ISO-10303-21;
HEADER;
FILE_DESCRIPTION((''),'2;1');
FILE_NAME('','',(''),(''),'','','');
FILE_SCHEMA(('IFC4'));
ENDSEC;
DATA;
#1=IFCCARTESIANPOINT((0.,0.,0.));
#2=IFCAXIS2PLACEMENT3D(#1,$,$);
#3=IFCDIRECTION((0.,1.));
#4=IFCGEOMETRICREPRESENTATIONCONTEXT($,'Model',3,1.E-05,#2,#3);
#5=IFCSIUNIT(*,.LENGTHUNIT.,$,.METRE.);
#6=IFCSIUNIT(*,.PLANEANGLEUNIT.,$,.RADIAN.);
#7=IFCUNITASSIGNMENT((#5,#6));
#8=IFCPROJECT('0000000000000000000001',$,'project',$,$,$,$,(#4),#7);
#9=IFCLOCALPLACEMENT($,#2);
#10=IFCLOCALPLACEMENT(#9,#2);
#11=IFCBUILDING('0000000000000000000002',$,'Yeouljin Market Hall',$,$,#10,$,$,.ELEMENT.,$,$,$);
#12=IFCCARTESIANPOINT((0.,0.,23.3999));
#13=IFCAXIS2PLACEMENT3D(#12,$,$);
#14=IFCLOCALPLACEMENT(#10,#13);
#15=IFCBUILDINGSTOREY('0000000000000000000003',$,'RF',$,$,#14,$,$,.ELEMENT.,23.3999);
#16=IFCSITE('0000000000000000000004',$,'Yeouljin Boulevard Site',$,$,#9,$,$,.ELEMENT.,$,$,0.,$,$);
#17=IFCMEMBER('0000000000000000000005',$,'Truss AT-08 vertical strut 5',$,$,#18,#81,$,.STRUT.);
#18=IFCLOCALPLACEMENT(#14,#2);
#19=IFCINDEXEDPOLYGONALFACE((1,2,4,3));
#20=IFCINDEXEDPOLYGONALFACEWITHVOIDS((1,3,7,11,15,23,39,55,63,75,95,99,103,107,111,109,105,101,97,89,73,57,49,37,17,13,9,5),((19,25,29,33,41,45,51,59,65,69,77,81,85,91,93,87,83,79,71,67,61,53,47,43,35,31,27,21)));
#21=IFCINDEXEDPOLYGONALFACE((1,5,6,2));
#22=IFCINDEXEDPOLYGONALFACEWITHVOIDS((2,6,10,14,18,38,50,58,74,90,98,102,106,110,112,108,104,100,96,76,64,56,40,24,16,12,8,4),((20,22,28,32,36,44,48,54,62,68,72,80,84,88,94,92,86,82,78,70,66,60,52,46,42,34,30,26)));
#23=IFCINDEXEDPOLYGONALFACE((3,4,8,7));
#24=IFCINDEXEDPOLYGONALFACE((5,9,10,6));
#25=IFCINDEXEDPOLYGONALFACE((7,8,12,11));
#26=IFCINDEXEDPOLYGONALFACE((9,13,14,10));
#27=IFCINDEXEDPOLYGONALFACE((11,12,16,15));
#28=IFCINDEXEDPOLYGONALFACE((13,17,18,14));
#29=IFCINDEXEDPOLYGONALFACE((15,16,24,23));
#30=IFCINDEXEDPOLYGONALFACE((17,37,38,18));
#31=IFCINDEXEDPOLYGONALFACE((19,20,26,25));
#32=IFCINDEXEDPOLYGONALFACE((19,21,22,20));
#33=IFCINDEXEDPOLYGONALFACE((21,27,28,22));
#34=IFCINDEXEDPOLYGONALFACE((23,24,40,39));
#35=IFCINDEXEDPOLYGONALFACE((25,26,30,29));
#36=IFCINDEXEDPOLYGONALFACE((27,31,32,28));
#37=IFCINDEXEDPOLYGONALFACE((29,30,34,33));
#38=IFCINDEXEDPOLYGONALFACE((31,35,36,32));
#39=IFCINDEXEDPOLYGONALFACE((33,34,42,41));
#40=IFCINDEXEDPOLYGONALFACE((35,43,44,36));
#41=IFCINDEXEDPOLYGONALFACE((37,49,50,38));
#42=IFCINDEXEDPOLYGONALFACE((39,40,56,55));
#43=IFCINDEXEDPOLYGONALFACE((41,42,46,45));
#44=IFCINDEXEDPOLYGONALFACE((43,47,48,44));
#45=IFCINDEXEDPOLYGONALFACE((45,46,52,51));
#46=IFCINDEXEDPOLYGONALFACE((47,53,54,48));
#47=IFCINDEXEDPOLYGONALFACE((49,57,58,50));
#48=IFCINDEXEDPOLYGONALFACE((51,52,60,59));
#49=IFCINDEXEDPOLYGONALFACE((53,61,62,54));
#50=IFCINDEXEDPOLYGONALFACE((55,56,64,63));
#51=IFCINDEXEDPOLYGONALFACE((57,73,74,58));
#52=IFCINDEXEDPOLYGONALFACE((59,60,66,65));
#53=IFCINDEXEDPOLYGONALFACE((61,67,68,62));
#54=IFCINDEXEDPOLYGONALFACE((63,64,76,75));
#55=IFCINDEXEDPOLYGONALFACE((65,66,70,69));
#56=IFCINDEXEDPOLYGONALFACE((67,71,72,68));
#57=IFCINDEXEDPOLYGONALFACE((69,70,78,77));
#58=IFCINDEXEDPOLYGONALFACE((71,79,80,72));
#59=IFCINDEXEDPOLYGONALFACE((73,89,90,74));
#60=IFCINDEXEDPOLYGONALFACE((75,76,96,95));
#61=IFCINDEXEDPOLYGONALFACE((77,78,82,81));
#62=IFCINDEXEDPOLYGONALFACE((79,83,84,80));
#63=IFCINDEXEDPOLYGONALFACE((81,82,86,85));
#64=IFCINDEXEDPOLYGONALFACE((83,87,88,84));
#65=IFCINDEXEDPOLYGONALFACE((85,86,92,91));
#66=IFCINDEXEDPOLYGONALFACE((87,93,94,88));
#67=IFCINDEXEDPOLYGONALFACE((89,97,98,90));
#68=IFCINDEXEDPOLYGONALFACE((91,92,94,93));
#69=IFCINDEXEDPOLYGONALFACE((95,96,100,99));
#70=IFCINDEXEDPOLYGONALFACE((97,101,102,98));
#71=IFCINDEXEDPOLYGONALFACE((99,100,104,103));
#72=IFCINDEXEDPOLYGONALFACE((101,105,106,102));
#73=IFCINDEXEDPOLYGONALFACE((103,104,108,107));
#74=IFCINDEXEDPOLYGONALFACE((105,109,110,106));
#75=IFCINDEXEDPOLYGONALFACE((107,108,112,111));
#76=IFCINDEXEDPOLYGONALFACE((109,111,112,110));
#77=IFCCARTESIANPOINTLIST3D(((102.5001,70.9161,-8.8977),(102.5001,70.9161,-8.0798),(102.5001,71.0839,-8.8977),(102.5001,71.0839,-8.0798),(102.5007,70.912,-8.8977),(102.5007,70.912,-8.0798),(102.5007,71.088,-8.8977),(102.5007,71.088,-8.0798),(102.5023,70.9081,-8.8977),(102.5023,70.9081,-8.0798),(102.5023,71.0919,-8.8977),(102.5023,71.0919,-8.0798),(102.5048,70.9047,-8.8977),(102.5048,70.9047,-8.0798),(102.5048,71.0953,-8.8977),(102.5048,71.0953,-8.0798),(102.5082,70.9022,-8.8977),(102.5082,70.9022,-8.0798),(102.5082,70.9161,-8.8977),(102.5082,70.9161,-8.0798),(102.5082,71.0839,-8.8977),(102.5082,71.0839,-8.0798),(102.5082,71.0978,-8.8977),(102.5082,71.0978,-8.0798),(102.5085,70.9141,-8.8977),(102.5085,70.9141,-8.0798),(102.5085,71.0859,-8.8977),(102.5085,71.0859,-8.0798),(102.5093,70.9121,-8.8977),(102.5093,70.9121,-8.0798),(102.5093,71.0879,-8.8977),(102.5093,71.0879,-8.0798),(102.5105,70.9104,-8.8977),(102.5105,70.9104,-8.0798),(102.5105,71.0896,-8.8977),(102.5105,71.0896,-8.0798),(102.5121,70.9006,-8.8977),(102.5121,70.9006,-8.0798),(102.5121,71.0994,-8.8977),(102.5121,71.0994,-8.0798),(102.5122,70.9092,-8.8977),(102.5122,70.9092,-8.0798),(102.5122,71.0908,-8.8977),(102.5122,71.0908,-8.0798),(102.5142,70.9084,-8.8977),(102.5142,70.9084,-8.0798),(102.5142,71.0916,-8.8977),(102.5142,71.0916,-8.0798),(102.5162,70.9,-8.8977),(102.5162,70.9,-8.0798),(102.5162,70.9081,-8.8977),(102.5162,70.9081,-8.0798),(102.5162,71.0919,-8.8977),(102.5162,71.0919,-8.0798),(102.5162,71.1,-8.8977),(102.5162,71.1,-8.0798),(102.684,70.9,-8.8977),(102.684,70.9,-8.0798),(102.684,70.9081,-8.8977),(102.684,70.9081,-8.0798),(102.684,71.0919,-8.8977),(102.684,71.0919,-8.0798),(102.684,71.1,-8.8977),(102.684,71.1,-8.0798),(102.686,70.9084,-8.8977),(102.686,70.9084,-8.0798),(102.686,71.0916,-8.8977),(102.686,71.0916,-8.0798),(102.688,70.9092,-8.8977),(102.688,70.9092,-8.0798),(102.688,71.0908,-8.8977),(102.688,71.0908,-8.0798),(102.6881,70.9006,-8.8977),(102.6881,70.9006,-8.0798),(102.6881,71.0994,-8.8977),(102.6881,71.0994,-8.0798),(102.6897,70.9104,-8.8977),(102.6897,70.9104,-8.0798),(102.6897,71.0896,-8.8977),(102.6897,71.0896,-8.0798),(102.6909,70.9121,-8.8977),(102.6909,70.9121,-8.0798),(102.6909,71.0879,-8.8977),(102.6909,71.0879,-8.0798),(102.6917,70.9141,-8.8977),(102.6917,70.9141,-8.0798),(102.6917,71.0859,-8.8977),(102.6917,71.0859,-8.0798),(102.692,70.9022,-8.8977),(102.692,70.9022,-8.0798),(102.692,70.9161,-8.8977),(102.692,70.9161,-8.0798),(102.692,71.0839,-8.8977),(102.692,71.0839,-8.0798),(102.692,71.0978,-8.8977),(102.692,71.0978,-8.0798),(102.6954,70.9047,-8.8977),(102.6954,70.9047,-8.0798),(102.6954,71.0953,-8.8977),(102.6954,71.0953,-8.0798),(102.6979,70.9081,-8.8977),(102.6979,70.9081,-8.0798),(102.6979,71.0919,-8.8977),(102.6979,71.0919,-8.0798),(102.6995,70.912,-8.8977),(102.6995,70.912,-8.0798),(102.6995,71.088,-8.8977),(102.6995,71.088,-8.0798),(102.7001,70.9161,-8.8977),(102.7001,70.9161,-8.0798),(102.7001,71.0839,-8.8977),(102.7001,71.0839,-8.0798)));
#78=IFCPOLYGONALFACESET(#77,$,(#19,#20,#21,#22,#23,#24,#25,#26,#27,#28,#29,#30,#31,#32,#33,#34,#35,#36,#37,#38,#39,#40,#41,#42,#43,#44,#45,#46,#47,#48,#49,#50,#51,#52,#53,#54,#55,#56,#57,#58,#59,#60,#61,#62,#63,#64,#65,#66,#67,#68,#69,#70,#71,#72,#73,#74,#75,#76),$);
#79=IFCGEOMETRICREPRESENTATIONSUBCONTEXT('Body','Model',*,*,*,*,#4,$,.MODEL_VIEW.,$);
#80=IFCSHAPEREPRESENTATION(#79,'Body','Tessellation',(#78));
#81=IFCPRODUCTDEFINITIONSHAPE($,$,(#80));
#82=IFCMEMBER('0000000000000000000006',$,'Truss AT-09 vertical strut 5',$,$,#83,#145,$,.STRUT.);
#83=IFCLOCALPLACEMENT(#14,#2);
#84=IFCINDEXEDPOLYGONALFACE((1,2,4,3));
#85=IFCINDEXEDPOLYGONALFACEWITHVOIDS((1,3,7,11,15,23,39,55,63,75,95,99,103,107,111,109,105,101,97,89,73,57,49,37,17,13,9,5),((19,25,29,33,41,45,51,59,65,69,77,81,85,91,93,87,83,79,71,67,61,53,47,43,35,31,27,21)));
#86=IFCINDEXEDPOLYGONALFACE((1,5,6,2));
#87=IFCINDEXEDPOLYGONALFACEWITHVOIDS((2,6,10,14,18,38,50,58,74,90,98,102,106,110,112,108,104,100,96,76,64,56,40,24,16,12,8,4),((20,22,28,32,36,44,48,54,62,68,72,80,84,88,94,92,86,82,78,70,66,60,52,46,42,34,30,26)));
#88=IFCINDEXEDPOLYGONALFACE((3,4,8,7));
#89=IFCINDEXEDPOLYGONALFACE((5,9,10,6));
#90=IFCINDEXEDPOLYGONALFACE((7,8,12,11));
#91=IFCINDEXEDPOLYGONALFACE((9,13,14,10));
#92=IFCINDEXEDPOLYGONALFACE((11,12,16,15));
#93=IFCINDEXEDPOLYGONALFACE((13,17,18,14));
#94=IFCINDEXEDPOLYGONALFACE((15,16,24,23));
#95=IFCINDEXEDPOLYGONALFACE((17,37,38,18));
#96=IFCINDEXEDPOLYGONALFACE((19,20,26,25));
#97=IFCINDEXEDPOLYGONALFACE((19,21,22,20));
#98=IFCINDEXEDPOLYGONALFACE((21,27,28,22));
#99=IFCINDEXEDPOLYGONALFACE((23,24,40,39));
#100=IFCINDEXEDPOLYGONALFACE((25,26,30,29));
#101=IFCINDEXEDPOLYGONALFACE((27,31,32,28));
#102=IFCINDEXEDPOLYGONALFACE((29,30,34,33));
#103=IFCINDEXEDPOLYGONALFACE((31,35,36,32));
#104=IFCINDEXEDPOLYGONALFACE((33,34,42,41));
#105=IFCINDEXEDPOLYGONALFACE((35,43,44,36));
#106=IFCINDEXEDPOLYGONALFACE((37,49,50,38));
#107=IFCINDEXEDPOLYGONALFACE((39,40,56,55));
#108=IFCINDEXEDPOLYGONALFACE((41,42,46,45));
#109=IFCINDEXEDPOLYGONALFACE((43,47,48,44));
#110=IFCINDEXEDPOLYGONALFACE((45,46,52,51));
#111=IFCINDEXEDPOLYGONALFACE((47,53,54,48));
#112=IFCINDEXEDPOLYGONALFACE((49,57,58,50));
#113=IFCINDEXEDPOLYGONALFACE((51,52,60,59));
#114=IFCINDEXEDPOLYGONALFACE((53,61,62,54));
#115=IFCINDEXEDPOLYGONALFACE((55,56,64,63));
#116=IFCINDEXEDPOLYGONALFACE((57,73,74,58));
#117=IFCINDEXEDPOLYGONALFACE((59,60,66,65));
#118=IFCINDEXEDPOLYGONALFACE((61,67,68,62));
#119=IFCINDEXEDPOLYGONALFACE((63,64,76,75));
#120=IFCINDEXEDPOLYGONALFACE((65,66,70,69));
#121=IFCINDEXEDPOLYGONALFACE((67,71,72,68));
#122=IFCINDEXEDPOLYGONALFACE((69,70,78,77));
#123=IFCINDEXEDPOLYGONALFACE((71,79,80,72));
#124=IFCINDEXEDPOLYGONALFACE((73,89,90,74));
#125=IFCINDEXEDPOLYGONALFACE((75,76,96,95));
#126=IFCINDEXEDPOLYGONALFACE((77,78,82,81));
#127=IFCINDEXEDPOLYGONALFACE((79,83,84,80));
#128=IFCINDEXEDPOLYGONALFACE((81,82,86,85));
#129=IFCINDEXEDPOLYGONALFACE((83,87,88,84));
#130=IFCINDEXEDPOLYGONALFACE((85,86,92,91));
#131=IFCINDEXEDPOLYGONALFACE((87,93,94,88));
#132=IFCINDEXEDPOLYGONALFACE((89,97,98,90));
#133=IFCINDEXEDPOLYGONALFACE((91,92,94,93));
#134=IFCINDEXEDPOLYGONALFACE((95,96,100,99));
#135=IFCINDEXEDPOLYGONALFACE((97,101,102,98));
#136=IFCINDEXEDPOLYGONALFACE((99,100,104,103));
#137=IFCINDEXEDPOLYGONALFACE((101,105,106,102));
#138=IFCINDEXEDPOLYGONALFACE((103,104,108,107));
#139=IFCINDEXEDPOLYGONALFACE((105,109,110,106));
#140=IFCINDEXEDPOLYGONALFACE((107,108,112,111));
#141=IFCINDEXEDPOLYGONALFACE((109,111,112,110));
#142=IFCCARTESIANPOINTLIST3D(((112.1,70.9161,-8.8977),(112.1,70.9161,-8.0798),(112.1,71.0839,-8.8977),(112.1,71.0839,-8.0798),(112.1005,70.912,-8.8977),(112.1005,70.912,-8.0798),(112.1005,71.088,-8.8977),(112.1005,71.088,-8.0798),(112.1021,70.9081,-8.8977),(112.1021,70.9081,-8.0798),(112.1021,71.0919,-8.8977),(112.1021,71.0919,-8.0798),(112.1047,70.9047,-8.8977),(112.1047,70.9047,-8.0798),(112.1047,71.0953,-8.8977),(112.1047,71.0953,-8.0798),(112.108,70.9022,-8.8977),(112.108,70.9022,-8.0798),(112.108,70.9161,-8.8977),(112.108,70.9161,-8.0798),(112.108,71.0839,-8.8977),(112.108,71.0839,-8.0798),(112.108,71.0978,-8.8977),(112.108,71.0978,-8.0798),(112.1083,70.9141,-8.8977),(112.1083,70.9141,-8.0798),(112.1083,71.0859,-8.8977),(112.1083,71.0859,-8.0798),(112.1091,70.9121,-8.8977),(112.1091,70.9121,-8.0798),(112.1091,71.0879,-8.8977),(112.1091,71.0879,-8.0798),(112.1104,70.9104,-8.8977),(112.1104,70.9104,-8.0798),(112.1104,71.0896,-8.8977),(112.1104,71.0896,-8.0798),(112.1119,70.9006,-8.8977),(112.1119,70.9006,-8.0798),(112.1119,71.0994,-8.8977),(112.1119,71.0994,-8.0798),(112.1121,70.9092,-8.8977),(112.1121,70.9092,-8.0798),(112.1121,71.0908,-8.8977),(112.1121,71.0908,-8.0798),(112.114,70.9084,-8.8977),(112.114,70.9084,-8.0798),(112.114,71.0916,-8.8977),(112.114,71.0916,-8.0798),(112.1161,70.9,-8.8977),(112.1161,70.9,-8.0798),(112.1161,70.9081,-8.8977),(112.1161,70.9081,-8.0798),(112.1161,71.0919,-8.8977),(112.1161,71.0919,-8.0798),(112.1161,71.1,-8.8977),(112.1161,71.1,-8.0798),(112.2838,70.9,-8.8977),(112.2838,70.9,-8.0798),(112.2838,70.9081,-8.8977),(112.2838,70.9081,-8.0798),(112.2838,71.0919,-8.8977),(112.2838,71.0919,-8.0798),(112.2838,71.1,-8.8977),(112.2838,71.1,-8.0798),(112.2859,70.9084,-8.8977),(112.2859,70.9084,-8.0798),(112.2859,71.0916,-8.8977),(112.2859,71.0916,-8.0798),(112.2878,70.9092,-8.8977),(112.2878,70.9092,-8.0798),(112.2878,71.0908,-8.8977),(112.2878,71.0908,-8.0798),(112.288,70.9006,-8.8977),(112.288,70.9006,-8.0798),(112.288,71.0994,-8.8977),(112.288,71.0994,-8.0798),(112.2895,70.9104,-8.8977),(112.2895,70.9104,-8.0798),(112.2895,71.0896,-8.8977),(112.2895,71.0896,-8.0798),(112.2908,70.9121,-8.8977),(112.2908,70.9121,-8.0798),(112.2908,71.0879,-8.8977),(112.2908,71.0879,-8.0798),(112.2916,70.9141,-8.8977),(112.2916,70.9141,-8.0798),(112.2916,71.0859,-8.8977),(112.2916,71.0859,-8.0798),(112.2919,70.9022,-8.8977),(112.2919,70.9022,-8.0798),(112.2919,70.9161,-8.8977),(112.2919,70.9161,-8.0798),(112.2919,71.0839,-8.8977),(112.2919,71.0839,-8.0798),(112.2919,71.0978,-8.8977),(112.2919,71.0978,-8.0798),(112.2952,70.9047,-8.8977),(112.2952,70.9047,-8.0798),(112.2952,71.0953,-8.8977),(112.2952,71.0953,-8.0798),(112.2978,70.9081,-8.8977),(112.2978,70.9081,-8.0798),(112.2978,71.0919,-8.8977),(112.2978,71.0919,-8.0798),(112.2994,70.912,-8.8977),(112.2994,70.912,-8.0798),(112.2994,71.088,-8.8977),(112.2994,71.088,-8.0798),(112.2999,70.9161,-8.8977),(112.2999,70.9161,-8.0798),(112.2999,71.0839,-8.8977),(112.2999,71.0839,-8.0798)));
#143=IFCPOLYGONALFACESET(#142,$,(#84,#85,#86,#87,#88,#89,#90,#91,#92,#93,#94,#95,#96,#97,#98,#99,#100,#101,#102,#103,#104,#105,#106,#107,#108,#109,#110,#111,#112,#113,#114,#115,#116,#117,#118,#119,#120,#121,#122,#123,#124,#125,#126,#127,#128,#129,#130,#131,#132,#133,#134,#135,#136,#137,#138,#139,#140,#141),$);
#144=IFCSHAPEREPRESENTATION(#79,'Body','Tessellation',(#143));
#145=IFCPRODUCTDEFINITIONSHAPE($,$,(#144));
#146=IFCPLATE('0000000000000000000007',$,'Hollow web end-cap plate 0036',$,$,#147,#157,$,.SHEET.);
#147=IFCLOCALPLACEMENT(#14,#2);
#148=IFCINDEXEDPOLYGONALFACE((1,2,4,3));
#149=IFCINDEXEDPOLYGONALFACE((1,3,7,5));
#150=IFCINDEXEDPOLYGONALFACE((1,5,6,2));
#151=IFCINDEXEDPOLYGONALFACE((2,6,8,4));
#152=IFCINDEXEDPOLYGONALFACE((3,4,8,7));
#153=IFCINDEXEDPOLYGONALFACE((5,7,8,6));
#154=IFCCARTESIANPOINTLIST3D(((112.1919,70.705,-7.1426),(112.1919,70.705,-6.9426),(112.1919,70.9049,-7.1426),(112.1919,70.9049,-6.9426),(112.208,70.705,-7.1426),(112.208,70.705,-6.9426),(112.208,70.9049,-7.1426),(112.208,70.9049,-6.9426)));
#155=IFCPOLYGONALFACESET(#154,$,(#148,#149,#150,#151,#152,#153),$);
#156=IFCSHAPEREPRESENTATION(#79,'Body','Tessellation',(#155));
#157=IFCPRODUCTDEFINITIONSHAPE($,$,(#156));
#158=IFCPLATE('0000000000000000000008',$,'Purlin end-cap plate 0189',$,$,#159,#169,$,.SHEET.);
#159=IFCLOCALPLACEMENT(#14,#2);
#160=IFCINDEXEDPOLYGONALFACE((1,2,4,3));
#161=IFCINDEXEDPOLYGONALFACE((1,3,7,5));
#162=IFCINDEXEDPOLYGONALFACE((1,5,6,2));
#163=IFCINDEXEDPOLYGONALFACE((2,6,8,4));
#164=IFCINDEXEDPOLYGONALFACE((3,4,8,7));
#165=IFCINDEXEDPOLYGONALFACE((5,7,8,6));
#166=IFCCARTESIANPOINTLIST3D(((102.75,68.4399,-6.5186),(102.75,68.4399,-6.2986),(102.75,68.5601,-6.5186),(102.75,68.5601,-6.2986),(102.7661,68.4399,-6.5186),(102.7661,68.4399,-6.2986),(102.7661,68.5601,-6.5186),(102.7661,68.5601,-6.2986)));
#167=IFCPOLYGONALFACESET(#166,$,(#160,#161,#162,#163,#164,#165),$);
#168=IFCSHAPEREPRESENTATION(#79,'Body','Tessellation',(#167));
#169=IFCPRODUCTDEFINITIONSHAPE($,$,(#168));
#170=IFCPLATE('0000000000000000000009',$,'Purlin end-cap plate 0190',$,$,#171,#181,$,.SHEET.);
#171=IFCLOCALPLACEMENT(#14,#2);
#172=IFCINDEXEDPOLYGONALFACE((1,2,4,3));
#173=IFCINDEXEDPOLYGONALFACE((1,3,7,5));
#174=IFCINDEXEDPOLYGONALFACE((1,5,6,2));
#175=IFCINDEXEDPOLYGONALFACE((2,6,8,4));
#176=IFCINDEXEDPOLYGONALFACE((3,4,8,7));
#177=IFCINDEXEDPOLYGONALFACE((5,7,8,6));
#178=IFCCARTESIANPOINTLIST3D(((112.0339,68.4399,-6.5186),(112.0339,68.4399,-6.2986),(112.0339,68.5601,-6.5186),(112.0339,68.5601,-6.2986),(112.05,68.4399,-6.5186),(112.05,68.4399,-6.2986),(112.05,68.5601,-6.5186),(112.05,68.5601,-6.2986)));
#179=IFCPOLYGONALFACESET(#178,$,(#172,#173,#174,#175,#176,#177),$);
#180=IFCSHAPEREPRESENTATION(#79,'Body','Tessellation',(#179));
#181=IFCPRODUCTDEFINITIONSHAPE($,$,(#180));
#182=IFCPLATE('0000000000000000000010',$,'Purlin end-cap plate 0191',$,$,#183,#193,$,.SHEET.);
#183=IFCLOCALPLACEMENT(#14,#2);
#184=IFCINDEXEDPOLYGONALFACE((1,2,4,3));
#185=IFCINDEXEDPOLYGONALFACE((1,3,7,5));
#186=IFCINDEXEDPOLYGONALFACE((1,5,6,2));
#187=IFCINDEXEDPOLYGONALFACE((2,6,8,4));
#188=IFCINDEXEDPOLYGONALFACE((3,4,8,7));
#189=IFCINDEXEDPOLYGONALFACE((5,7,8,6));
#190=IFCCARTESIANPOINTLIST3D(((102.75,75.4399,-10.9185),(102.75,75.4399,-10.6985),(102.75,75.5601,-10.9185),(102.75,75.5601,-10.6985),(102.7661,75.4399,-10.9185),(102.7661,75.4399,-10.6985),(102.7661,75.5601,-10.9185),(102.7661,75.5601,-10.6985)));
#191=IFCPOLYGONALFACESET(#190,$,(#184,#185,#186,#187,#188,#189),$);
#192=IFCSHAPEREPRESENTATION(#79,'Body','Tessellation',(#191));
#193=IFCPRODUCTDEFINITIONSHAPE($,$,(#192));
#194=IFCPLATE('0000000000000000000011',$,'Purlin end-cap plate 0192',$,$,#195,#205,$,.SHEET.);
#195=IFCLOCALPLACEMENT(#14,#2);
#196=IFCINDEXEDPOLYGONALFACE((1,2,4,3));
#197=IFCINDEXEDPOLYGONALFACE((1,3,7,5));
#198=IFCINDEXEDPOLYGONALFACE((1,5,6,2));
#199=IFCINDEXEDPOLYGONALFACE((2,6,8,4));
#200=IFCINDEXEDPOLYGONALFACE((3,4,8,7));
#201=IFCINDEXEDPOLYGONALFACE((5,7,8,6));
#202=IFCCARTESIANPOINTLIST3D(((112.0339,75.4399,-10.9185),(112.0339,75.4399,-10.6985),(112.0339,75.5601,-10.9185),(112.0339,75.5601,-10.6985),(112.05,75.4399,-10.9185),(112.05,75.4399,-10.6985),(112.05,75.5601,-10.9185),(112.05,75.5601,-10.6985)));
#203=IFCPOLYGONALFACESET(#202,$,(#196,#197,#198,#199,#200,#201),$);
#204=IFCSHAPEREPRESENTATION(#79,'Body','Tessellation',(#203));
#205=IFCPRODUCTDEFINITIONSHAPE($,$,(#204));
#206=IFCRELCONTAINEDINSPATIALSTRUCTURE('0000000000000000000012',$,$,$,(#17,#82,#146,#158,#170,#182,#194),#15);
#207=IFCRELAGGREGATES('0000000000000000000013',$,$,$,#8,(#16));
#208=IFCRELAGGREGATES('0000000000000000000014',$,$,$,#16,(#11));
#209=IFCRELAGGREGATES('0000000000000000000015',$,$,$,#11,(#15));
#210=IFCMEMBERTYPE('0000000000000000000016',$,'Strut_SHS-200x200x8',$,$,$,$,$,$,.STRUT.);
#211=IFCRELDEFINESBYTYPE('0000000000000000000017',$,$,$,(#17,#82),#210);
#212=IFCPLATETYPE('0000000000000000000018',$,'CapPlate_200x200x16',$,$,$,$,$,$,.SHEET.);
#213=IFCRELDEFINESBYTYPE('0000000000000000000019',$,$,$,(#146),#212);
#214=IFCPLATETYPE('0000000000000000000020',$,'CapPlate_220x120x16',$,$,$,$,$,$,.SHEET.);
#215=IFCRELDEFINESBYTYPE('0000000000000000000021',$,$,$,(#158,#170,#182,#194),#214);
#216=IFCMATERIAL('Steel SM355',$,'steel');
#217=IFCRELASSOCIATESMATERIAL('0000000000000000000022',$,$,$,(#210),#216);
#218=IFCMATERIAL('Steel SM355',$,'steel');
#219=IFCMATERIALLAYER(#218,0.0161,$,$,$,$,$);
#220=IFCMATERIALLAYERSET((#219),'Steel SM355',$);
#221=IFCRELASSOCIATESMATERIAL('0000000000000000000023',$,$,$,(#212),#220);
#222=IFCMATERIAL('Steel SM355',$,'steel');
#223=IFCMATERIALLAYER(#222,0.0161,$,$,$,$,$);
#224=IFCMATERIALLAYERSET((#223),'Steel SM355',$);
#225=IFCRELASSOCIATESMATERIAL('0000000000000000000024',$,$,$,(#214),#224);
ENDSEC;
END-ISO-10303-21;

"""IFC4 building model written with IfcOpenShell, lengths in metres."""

from ifc_helpers import new_model, si_unit, direction, frame, origin, origin_2d, place, context, subcontext, project, spatial, rectangle, hollow_rectangle, extrude, material, layer, layer_set, material_profile, profile_set, type_object, element, save


model = new_model("IFC4")

# Units and contexts
model_context = context("Model", 3, precision=1e-05, world=origin(), true_north=direction((0.0, 1.0)))
body_context = subcontext(model_context, "Body", "Model", "MODEL_VIEW")
ifc_project = project(units=[si_unit("LENGTHUNIT", "METRE"), si_unit("PLANEANGLEUNIT", "RADIAN")], contexts=[model_context])

# Site, building, storey
site_placement = place(None, origin())
site = spatial("IfcSite", under=ifc_project, at=site_placement, Name="Yeouljin Boulevard Site", CompositionType="ELEMENT", RefElevation=0.0)
building_placement = place(site_placement, origin())
building = spatial("IfcBuilding", under=site, at=building_placement, Name="Yeouljin Market Hall", CompositionType="ELEMENT")
storey_placement = place(building_placement, frame((0.0, 0.0, 23.3999)))
storey = spatial("IfcBuildingStorey", under=building, at=storey_placement, Name="RF", CompositionType="ELEMENT", Elevation=23.3999)

# Members
ifc_material_1 = material(Name="Steel SM355", Category="steel")
ifc_material_profile_1 = material_profile(ifc_material_1, hollow_rectangle(XDim=0.2, YDim=0.2, WallThickness=0.0081, InnerFilletRadius=0.0081, OuterFilletRadius=0.0161, at=origin_2d()), Name="SHS-200x200x8")
ifc_profile_set_1 = profile_set([ifc_material_profile_1], Name="Steel SM355")
member_type_1 = type_object("IfcMemberType", Name="Strut_SHS-200x200x8", PredefinedType="STRUT", material=ifc_profile_set_1)
for number, where, z_axis, x_axis, name in (
    (1, (102.6001, 71.0, -8.8977), (0.0, 0.0, 1.0), (1.0, 0.0, 0.0), "Truss AT-08 vertical strut 5"),
    (2, (112.2, 71.0, -8.8977), (0.0, 0.0, 1.0), (1.0, 0.0, 0.0), "Truss AT-09 vertical strut 5"),
):
    element("IfcMember", number, at=place(storey_placement, frame(where, z_axis=z_axis, x_axis=x_axis)), inside=storey, type_object=member_type_1, Name=name, PredefinedType="STRUT", context=body_context, shape_type="SweptSolid", body=[
        extrude(hollow_rectangle(XDim=0.2, YDim=0.2, WallThickness=0.0081, InnerFilletRadius=0.0081, OuterFilletRadius=0.0161, at=origin_2d()), origin(), (0.0, 0.0, 1.0), 0.8179),
    ])

# Plates
ifc_material_2 = material(Name="Steel SM355", Category="steel")
ifc_layer_1 = layer(ifc_material_2, 0.0161)
ifc_layer_set_1 = layer_set([ifc_layer_1], Name="Steel SM355")
plate_type_1 = type_object("IfcPlateType", Name="CapPlate_200x200x16", PredefinedType="SHEET", material=ifc_layer_set_1)
plate_1_placement = place(storey_placement, frame((112.2, 70.8049, -7.1426), z_axis=(0.0, 0.0, 1.0), x_axis=(0.0, 1.0, 0.0)))
element("IfcPlate", 3, at=plate_1_placement, inside=storey, type_object=plate_type_1, Name="Hollow web end-cap plate 0036", PredefinedType="SHEET", context=body_context, shape_type="SweptSolid", body=[
    extrude(rectangle(XDim=0.2, YDim=0.0161, at=origin_2d()), origin(), (0.0, 0.0, 1.0), 0.2),
])
ifc_material_3 = material(Name="Steel SM355", Category="steel")
ifc_layer_2 = layer(ifc_material_3, 0.0161)
ifc_layer_set_2 = layer_set([ifc_layer_2], Name="Steel SM355")
plate_type_2 = type_object("IfcPlateType", Name="CapPlate_220x120x16", PredefinedType="SHEET", material=ifc_layer_set_2)
for number, where, z_axis, x_axis, name in (
    (4, (102.7581, 68.5, -6.5186), (0.0, 0.0, 1.0), (0.0, 1.0, 0.0), "Purlin end-cap plate 0189"),
    (5, (112.042, 68.5, -6.5186), (0.0, 0.0, 1.0), (0.0, 1.0, 0.0), "Purlin end-cap plate 0190"),
    (6, (102.7581, 75.5, -10.9185), (0.0, 0.0, 1.0), (0.0, 1.0, 0.0), "Purlin end-cap plate 0191"),
    (7, (112.042, 75.5, -10.9185), (0.0, 0.0, 1.0), (0.0, 1.0, 0.0), "Purlin end-cap plate 0192"),
):
    element("IfcPlate", number, at=place(storey_placement, frame(where, z_axis=z_axis, x_axis=x_axis)), inside=storey, type_object=plate_type_2, Name=name, PredefinedType="SHEET", context=body_context, shape_type="SweptSolid", body=[
        extrude(rectangle(XDim=0.1201, YDim=0.0161, at=origin_2d()), origin(), (0.0, 0.0, 1.0), 0.22),
    ])

save(model, "model.ifc")
